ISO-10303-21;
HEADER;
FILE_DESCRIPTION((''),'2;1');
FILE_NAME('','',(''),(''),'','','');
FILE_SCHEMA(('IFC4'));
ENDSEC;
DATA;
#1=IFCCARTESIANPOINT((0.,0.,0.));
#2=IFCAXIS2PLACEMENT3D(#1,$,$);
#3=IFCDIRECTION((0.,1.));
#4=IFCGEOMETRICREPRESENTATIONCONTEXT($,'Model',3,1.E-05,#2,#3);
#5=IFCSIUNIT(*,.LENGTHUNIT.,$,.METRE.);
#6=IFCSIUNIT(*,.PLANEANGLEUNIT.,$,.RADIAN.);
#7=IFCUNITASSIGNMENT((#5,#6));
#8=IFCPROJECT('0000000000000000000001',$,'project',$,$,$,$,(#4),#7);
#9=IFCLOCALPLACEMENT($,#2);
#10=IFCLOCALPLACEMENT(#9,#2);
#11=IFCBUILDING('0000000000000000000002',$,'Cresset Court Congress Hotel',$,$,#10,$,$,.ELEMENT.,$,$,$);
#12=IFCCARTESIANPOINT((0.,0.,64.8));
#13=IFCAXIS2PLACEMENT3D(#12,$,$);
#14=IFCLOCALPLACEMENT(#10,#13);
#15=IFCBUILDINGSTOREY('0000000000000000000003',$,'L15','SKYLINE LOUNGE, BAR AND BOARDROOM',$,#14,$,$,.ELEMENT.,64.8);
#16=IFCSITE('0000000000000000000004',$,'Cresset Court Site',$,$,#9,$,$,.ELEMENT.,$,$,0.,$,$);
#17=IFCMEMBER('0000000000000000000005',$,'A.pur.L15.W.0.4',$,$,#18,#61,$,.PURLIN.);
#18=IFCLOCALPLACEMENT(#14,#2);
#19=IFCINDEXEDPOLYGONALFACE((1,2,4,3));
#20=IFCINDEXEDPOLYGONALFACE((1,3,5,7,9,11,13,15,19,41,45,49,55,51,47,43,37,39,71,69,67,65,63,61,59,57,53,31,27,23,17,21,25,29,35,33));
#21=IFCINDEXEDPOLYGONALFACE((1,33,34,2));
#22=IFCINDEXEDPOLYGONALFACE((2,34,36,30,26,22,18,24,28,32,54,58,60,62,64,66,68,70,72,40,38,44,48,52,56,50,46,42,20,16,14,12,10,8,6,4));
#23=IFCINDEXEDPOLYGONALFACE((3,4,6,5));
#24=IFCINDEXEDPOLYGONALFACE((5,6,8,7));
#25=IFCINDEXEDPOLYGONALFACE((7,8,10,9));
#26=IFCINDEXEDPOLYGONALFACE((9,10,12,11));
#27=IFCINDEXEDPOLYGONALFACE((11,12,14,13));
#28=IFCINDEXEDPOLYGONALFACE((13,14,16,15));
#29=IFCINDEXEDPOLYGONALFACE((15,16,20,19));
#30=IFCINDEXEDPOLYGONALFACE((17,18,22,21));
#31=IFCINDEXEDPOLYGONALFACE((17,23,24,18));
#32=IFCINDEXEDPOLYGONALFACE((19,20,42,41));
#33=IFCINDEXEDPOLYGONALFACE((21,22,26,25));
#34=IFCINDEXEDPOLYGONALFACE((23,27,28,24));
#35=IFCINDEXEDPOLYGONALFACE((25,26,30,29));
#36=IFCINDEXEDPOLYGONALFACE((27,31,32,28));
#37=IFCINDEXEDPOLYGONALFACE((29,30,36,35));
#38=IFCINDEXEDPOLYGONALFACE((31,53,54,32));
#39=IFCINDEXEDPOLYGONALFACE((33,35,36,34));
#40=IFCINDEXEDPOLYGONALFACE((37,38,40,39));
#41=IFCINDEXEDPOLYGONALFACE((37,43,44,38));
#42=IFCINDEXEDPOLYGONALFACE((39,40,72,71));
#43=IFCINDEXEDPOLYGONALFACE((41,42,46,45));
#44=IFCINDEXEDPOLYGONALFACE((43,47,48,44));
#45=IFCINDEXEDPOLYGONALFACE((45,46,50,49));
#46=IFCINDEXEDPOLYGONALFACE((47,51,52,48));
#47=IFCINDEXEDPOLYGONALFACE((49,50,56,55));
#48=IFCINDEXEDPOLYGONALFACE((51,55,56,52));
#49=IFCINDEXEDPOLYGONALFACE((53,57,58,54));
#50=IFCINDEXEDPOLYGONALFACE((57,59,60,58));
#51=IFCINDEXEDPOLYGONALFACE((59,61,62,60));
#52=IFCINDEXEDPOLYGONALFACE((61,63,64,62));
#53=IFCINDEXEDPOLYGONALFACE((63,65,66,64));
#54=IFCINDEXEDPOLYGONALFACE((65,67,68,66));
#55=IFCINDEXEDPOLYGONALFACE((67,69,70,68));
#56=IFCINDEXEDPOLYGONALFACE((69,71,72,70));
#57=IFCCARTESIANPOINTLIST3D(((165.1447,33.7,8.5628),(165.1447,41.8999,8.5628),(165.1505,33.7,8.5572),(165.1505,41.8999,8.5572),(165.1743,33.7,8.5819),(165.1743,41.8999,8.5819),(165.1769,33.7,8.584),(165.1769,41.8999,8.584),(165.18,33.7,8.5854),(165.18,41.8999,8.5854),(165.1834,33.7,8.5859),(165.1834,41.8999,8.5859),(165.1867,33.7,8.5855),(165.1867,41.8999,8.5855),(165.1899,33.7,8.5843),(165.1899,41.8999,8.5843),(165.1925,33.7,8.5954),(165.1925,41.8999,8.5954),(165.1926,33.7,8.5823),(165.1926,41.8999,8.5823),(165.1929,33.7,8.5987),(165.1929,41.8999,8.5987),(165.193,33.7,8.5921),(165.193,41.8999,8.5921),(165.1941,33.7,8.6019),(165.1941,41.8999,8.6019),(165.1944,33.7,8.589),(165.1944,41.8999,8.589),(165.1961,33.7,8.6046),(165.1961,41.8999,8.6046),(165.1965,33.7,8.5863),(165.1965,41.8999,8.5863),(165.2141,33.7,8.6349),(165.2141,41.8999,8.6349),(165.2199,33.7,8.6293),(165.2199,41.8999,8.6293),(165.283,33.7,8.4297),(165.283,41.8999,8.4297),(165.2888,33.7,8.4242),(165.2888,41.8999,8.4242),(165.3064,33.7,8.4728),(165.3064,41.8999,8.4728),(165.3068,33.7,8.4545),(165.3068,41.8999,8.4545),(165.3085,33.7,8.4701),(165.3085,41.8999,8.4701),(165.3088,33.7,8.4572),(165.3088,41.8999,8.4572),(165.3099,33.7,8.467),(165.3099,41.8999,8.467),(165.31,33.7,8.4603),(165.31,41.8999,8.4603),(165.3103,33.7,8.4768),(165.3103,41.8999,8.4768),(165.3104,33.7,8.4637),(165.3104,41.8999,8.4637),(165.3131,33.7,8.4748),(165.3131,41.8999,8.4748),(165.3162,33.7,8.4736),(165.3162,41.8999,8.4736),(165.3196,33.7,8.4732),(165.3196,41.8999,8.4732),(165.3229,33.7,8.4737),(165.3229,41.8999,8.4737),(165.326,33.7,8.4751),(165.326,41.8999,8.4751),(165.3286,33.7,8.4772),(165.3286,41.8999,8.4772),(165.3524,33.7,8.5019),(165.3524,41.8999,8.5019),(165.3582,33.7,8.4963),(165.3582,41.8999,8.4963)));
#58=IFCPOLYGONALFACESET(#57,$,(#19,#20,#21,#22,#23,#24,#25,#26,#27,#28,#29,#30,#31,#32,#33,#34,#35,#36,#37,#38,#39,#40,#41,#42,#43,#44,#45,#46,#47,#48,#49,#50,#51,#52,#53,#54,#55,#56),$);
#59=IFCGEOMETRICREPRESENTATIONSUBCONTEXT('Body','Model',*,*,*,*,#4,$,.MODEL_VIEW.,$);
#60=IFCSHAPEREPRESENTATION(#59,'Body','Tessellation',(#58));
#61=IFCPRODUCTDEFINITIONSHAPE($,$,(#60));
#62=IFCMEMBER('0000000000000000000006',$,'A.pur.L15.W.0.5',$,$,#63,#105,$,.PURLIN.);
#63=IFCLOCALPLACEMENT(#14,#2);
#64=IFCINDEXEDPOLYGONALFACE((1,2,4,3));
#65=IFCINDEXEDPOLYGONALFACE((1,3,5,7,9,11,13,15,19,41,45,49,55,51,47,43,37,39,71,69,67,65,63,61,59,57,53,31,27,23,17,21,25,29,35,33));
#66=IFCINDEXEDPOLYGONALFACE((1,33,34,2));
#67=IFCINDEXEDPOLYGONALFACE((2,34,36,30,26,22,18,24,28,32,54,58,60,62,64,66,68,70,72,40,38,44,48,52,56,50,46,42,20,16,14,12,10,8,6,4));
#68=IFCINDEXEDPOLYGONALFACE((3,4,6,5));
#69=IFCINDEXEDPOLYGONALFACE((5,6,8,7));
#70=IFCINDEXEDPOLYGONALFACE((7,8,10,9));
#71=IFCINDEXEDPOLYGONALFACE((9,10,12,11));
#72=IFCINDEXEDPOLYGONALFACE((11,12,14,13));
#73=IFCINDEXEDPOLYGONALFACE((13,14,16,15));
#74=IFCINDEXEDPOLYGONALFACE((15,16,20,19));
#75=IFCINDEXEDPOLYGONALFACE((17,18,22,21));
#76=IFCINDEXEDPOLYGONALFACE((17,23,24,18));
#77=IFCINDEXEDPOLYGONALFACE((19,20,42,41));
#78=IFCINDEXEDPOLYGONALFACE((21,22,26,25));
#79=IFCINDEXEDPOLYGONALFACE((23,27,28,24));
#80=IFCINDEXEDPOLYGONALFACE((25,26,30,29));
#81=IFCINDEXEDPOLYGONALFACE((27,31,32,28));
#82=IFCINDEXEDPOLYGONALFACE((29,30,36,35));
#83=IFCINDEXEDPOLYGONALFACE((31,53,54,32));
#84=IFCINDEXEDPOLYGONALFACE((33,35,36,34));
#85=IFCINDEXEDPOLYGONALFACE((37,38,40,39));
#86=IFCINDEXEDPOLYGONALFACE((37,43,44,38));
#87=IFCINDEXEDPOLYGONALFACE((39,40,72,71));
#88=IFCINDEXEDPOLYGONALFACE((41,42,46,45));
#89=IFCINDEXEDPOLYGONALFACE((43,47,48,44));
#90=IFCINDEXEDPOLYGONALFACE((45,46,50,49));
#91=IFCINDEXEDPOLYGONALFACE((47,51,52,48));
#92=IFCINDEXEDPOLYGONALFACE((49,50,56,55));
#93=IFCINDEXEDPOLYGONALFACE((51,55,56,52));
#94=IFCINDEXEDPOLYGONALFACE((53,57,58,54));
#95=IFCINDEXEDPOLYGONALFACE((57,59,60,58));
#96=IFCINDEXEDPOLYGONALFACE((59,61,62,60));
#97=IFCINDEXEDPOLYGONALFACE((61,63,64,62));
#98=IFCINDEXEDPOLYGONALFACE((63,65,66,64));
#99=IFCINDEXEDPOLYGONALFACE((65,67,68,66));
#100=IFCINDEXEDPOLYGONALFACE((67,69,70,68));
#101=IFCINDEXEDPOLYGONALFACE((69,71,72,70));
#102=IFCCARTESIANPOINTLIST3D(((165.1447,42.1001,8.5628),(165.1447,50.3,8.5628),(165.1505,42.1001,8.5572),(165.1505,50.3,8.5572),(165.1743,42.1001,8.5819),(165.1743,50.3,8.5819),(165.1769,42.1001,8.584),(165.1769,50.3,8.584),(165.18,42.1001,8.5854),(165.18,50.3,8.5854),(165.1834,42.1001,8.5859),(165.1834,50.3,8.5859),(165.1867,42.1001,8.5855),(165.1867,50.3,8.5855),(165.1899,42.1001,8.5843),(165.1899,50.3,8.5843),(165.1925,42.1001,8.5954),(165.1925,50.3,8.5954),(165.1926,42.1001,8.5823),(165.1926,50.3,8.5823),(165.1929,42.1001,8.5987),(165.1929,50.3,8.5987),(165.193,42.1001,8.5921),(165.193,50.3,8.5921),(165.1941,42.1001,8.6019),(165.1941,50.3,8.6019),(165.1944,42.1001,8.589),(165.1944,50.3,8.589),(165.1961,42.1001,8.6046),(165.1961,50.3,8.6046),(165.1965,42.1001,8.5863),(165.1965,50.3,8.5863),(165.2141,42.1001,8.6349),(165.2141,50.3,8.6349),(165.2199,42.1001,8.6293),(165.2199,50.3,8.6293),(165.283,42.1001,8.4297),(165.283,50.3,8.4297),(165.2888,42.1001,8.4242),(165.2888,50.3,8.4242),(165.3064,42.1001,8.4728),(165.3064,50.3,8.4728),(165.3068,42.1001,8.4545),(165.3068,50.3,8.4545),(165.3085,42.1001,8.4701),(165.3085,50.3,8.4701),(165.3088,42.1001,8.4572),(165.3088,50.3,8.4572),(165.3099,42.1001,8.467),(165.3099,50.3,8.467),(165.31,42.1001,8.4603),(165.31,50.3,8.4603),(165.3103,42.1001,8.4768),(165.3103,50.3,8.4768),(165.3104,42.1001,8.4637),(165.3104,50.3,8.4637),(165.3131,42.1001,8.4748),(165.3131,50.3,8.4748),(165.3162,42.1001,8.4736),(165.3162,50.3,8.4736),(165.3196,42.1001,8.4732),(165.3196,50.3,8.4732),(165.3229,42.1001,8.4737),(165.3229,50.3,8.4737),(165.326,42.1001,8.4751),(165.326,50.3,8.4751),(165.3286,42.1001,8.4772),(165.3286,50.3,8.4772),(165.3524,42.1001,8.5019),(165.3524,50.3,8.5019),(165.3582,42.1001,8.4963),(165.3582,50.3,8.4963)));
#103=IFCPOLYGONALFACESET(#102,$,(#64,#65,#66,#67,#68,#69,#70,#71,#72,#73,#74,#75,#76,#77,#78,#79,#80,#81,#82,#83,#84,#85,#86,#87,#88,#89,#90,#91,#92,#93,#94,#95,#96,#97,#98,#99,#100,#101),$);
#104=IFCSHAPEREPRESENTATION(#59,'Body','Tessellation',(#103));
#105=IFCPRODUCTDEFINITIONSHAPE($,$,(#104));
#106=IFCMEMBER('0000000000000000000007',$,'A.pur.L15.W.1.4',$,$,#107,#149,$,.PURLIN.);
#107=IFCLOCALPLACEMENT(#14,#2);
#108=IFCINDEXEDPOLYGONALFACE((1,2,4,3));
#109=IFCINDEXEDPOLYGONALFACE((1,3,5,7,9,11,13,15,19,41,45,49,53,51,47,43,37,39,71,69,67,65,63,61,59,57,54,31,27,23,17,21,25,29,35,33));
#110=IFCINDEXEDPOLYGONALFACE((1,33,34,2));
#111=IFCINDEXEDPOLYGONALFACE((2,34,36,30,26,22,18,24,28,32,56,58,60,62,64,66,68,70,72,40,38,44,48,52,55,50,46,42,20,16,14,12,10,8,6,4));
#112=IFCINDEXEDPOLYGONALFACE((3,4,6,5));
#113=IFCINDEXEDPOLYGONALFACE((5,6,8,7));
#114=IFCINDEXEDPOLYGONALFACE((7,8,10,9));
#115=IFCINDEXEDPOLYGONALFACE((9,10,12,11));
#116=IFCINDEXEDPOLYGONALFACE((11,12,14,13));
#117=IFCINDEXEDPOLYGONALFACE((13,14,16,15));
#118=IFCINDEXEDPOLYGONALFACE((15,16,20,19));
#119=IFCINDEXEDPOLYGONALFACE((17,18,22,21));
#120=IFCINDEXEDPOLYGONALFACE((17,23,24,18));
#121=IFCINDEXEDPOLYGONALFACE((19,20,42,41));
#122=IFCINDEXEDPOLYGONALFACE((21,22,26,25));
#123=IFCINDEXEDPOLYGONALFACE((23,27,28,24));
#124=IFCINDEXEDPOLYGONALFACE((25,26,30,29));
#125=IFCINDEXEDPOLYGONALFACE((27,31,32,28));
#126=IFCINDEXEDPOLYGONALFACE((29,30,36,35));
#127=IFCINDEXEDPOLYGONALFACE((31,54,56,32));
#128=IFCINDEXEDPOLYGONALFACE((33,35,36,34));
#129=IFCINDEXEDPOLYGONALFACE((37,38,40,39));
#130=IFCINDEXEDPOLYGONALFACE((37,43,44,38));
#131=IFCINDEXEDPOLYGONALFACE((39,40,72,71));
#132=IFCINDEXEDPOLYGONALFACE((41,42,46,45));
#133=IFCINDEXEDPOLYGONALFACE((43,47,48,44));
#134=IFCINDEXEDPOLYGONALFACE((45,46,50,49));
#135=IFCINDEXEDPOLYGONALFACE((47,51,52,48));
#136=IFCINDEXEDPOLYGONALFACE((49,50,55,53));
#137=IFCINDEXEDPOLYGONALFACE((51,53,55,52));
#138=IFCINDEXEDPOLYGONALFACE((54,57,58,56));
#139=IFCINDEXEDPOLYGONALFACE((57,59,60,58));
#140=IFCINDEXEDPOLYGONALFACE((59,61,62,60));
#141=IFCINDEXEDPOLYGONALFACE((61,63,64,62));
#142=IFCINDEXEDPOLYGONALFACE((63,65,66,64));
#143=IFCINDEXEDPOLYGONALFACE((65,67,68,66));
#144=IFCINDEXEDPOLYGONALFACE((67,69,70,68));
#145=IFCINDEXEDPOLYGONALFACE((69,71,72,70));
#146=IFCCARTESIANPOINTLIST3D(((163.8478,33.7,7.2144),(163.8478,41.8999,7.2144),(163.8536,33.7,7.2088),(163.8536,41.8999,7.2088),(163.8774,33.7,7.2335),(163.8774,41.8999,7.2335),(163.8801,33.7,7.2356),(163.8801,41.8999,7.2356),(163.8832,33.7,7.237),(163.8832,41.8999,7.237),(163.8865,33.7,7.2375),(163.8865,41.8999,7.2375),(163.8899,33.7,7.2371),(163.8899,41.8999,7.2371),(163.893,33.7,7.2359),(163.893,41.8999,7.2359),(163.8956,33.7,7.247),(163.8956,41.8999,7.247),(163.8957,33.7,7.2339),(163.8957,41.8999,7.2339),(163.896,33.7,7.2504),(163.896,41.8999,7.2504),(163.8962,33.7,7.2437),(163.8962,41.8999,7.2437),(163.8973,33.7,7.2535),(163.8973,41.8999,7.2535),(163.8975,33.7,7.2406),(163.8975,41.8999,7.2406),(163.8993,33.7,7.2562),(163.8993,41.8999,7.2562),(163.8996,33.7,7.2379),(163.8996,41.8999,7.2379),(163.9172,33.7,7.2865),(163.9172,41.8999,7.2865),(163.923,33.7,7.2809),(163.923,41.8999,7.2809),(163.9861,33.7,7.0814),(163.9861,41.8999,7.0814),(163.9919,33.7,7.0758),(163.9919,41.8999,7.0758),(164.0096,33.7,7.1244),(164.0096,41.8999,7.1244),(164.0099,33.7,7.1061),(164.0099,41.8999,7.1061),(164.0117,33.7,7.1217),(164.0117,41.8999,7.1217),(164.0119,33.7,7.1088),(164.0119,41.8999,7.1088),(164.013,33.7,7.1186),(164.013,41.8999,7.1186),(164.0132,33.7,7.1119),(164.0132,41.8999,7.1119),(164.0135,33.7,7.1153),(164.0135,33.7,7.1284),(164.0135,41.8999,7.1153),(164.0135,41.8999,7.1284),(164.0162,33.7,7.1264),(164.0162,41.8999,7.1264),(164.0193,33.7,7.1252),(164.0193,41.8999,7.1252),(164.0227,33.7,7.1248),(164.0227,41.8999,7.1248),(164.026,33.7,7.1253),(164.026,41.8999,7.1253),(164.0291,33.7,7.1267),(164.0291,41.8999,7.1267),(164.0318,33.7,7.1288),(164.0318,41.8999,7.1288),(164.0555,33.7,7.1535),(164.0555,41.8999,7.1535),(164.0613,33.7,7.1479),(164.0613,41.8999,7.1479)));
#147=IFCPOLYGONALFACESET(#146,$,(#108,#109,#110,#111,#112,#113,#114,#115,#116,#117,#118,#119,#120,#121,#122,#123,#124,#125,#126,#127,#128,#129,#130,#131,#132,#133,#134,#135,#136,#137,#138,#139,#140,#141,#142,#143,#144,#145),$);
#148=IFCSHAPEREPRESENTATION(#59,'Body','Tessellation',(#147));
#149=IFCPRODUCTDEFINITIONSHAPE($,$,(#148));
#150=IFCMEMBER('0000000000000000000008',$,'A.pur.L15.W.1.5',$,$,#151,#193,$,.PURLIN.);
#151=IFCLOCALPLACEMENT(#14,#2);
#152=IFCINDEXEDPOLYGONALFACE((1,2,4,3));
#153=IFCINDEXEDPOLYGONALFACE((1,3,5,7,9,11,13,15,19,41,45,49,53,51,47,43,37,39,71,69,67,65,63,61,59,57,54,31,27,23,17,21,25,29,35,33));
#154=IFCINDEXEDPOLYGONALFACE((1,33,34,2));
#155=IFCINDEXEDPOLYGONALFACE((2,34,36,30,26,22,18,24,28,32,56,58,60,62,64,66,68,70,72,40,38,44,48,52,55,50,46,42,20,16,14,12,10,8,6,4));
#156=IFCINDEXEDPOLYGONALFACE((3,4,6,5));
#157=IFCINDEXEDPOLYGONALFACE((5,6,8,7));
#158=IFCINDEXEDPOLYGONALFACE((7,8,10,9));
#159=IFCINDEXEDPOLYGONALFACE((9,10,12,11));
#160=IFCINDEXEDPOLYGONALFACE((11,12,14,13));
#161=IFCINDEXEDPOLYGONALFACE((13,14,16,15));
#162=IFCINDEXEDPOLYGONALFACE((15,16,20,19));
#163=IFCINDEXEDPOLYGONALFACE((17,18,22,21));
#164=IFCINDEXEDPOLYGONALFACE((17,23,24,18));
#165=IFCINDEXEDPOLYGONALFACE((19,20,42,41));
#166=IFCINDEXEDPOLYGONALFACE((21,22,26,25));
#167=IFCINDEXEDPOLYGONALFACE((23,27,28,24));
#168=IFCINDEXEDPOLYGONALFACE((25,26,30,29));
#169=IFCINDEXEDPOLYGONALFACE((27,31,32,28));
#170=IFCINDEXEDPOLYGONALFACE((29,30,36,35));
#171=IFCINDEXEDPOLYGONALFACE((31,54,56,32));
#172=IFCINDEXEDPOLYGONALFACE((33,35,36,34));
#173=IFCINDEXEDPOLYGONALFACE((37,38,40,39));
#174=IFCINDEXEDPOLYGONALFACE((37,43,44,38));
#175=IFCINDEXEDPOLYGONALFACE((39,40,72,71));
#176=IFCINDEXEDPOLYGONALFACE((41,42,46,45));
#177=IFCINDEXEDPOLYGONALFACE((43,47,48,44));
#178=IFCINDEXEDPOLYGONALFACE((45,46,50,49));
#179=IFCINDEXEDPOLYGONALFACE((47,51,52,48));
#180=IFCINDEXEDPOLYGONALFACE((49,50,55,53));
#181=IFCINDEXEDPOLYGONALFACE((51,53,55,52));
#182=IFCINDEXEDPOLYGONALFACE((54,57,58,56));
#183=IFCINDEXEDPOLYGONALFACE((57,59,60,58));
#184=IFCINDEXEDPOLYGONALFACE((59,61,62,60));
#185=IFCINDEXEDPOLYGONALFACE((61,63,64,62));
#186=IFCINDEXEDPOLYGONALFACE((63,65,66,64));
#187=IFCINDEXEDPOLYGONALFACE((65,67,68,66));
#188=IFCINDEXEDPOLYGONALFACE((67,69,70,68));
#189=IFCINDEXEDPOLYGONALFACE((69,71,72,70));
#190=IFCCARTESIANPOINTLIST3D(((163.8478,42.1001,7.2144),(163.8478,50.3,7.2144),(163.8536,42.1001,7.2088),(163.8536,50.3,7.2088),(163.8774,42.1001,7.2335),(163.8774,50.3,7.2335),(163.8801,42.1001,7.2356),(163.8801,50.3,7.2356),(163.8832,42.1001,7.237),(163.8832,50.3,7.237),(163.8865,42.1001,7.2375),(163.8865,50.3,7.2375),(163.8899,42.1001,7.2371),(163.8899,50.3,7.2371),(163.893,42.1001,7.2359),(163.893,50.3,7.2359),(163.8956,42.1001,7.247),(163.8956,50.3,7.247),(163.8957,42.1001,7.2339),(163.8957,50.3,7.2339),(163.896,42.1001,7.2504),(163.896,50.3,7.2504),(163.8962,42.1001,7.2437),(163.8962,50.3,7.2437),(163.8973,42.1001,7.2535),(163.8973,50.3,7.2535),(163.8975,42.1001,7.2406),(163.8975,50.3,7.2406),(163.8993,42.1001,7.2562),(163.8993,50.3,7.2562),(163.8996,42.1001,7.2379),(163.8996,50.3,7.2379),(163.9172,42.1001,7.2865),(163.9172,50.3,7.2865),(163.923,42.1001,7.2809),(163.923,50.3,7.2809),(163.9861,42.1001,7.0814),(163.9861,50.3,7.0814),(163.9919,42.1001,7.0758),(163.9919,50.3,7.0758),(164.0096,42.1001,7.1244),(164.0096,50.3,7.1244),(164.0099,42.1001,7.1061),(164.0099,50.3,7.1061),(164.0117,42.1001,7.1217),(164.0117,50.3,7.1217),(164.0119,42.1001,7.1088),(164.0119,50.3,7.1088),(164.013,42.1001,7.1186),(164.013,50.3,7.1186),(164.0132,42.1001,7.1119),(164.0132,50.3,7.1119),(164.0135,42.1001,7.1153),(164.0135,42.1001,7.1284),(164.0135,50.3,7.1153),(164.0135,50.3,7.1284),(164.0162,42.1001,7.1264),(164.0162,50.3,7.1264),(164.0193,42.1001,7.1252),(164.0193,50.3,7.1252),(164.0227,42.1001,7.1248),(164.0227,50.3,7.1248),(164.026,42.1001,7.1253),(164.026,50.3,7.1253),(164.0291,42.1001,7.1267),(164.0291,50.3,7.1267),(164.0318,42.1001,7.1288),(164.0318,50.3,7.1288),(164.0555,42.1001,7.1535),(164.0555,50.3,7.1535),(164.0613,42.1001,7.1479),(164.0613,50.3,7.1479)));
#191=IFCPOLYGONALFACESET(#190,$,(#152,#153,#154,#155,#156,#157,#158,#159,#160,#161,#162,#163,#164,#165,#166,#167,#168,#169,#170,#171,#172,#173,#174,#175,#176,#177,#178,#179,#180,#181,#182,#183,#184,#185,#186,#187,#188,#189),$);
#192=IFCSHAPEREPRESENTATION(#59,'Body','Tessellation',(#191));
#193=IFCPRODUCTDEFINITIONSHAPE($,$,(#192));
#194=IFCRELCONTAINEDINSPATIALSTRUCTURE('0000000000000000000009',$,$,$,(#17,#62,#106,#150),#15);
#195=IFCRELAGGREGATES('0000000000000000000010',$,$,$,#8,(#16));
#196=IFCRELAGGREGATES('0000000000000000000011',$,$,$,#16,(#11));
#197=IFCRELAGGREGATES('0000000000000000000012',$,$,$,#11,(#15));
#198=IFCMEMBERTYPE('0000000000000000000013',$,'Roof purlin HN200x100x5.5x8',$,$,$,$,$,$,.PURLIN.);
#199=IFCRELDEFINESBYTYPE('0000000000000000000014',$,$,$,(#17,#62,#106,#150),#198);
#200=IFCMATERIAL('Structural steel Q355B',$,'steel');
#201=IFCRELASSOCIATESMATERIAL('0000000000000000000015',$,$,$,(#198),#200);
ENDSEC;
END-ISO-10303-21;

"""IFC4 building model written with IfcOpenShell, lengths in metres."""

from ifc_helpers import new_model, si_unit, direction, frame, origin, origin_2d, place, context, subcontext, project, spatial, i_section, extrude, material, material_profile, profile_set, type_object, element, save


model = new_model("IFC4")

# Units and contexts
model_context = context("Model", 3, precision=1e-05, world=origin(), true_north=direction((0.0, 1.0)))
body_context = subcontext(model_context, "Body", "Model", "MODEL_VIEW")
ifc_project = project(units=[si_unit("LENGTHUNIT", "METRE"), si_unit("PLANEANGLEUNIT", "RADIAN")], contexts=[model_context])

# Site, building, storey
site_placement = place(None, origin())
site = spatial("IfcSite", under=ifc_project, at=site_placement, Name="Cresset Court Site", CompositionType="ELEMENT", RefElevation=0.0)
building_placement = place(site_placement, origin())
building = spatial("IfcBuilding", under=site, at=building_placement, Name="Cresset Court Congress Hotel", CompositionType="ELEMENT")
storey_placement = place(building_placement, frame((0.0, 0.0, 64.8)))
storey = spatial("IfcBuildingStorey", under=building, at=storey_placement, Name="L15", Description="SKYLINE LOUNGE, BAR AND BOARDROOM", CompositionType="ELEMENT", Elevation=64.8)

# Members
ifc_material_1 = material(Name="Structural steel Q355B", Category="steel")
ifc_material_profile_1 = material_profile(ifc_material_1, i_section(OverallWidth=0.1001, OverallDepth=0.2, WebThickness=0.0056, FlangeThickness=0.0081, FilletRadius=0.0129, at=origin_2d()), Name="HN200x100x5.5x8")
ifc_profile_set_1 = profile_set([ifc_material_profile_1], Name="Structural steel Q355B")
member_type_1 = type_object("IfcMemberType", Name="Roof purlin HN200x100x5.5x8", PredefinedType="PURLIN", material=ifc_profile_set_1)
for number, where, z_axis, x_axis, name in (
    (1, (165.2515, 33.7, 8.5295), (0.0, 1.0, 0.0), (-0.693246, 0.0, -0.720701), "A.pur.L15.W.0.4"),
    (2, (165.2515, 42.1001, 8.5295), (0.0, 1.0, 0.0), (-0.693246, 0.0, -0.720701), "A.pur.L15.W.0.5"),
    (3, (163.9546, 33.7, 7.1812), (0.0, 1.0, 0.0), (-0.693246, 0.0, -0.720701), "A.pur.L15.W.1.4"),
    (4, (163.9546, 42.1001, 7.1812), (0.0, 1.0, 0.0), (-0.693246, 0.0, -0.720701), "A.pur.L15.W.1.5"),
):
    element("IfcMember", number, at=place(storey_placement, frame(where, z_axis=z_axis, x_axis=x_axis)), inside=storey, type_object=member_type_1, Name=name, PredefinedType="PURLIN", context=body_context, shape_type="SweptSolid", body=[
        extrude(i_section(OverallWidth=0.1001, OverallDepth=0.2, WebThickness=0.0056, FlangeThickness=0.0081, FilletRadius=0.0129, at=origin_2d()), origin(), (0.0, 0.0, 1.0), 8.2),
    ])

save(model, "model.ifc")
